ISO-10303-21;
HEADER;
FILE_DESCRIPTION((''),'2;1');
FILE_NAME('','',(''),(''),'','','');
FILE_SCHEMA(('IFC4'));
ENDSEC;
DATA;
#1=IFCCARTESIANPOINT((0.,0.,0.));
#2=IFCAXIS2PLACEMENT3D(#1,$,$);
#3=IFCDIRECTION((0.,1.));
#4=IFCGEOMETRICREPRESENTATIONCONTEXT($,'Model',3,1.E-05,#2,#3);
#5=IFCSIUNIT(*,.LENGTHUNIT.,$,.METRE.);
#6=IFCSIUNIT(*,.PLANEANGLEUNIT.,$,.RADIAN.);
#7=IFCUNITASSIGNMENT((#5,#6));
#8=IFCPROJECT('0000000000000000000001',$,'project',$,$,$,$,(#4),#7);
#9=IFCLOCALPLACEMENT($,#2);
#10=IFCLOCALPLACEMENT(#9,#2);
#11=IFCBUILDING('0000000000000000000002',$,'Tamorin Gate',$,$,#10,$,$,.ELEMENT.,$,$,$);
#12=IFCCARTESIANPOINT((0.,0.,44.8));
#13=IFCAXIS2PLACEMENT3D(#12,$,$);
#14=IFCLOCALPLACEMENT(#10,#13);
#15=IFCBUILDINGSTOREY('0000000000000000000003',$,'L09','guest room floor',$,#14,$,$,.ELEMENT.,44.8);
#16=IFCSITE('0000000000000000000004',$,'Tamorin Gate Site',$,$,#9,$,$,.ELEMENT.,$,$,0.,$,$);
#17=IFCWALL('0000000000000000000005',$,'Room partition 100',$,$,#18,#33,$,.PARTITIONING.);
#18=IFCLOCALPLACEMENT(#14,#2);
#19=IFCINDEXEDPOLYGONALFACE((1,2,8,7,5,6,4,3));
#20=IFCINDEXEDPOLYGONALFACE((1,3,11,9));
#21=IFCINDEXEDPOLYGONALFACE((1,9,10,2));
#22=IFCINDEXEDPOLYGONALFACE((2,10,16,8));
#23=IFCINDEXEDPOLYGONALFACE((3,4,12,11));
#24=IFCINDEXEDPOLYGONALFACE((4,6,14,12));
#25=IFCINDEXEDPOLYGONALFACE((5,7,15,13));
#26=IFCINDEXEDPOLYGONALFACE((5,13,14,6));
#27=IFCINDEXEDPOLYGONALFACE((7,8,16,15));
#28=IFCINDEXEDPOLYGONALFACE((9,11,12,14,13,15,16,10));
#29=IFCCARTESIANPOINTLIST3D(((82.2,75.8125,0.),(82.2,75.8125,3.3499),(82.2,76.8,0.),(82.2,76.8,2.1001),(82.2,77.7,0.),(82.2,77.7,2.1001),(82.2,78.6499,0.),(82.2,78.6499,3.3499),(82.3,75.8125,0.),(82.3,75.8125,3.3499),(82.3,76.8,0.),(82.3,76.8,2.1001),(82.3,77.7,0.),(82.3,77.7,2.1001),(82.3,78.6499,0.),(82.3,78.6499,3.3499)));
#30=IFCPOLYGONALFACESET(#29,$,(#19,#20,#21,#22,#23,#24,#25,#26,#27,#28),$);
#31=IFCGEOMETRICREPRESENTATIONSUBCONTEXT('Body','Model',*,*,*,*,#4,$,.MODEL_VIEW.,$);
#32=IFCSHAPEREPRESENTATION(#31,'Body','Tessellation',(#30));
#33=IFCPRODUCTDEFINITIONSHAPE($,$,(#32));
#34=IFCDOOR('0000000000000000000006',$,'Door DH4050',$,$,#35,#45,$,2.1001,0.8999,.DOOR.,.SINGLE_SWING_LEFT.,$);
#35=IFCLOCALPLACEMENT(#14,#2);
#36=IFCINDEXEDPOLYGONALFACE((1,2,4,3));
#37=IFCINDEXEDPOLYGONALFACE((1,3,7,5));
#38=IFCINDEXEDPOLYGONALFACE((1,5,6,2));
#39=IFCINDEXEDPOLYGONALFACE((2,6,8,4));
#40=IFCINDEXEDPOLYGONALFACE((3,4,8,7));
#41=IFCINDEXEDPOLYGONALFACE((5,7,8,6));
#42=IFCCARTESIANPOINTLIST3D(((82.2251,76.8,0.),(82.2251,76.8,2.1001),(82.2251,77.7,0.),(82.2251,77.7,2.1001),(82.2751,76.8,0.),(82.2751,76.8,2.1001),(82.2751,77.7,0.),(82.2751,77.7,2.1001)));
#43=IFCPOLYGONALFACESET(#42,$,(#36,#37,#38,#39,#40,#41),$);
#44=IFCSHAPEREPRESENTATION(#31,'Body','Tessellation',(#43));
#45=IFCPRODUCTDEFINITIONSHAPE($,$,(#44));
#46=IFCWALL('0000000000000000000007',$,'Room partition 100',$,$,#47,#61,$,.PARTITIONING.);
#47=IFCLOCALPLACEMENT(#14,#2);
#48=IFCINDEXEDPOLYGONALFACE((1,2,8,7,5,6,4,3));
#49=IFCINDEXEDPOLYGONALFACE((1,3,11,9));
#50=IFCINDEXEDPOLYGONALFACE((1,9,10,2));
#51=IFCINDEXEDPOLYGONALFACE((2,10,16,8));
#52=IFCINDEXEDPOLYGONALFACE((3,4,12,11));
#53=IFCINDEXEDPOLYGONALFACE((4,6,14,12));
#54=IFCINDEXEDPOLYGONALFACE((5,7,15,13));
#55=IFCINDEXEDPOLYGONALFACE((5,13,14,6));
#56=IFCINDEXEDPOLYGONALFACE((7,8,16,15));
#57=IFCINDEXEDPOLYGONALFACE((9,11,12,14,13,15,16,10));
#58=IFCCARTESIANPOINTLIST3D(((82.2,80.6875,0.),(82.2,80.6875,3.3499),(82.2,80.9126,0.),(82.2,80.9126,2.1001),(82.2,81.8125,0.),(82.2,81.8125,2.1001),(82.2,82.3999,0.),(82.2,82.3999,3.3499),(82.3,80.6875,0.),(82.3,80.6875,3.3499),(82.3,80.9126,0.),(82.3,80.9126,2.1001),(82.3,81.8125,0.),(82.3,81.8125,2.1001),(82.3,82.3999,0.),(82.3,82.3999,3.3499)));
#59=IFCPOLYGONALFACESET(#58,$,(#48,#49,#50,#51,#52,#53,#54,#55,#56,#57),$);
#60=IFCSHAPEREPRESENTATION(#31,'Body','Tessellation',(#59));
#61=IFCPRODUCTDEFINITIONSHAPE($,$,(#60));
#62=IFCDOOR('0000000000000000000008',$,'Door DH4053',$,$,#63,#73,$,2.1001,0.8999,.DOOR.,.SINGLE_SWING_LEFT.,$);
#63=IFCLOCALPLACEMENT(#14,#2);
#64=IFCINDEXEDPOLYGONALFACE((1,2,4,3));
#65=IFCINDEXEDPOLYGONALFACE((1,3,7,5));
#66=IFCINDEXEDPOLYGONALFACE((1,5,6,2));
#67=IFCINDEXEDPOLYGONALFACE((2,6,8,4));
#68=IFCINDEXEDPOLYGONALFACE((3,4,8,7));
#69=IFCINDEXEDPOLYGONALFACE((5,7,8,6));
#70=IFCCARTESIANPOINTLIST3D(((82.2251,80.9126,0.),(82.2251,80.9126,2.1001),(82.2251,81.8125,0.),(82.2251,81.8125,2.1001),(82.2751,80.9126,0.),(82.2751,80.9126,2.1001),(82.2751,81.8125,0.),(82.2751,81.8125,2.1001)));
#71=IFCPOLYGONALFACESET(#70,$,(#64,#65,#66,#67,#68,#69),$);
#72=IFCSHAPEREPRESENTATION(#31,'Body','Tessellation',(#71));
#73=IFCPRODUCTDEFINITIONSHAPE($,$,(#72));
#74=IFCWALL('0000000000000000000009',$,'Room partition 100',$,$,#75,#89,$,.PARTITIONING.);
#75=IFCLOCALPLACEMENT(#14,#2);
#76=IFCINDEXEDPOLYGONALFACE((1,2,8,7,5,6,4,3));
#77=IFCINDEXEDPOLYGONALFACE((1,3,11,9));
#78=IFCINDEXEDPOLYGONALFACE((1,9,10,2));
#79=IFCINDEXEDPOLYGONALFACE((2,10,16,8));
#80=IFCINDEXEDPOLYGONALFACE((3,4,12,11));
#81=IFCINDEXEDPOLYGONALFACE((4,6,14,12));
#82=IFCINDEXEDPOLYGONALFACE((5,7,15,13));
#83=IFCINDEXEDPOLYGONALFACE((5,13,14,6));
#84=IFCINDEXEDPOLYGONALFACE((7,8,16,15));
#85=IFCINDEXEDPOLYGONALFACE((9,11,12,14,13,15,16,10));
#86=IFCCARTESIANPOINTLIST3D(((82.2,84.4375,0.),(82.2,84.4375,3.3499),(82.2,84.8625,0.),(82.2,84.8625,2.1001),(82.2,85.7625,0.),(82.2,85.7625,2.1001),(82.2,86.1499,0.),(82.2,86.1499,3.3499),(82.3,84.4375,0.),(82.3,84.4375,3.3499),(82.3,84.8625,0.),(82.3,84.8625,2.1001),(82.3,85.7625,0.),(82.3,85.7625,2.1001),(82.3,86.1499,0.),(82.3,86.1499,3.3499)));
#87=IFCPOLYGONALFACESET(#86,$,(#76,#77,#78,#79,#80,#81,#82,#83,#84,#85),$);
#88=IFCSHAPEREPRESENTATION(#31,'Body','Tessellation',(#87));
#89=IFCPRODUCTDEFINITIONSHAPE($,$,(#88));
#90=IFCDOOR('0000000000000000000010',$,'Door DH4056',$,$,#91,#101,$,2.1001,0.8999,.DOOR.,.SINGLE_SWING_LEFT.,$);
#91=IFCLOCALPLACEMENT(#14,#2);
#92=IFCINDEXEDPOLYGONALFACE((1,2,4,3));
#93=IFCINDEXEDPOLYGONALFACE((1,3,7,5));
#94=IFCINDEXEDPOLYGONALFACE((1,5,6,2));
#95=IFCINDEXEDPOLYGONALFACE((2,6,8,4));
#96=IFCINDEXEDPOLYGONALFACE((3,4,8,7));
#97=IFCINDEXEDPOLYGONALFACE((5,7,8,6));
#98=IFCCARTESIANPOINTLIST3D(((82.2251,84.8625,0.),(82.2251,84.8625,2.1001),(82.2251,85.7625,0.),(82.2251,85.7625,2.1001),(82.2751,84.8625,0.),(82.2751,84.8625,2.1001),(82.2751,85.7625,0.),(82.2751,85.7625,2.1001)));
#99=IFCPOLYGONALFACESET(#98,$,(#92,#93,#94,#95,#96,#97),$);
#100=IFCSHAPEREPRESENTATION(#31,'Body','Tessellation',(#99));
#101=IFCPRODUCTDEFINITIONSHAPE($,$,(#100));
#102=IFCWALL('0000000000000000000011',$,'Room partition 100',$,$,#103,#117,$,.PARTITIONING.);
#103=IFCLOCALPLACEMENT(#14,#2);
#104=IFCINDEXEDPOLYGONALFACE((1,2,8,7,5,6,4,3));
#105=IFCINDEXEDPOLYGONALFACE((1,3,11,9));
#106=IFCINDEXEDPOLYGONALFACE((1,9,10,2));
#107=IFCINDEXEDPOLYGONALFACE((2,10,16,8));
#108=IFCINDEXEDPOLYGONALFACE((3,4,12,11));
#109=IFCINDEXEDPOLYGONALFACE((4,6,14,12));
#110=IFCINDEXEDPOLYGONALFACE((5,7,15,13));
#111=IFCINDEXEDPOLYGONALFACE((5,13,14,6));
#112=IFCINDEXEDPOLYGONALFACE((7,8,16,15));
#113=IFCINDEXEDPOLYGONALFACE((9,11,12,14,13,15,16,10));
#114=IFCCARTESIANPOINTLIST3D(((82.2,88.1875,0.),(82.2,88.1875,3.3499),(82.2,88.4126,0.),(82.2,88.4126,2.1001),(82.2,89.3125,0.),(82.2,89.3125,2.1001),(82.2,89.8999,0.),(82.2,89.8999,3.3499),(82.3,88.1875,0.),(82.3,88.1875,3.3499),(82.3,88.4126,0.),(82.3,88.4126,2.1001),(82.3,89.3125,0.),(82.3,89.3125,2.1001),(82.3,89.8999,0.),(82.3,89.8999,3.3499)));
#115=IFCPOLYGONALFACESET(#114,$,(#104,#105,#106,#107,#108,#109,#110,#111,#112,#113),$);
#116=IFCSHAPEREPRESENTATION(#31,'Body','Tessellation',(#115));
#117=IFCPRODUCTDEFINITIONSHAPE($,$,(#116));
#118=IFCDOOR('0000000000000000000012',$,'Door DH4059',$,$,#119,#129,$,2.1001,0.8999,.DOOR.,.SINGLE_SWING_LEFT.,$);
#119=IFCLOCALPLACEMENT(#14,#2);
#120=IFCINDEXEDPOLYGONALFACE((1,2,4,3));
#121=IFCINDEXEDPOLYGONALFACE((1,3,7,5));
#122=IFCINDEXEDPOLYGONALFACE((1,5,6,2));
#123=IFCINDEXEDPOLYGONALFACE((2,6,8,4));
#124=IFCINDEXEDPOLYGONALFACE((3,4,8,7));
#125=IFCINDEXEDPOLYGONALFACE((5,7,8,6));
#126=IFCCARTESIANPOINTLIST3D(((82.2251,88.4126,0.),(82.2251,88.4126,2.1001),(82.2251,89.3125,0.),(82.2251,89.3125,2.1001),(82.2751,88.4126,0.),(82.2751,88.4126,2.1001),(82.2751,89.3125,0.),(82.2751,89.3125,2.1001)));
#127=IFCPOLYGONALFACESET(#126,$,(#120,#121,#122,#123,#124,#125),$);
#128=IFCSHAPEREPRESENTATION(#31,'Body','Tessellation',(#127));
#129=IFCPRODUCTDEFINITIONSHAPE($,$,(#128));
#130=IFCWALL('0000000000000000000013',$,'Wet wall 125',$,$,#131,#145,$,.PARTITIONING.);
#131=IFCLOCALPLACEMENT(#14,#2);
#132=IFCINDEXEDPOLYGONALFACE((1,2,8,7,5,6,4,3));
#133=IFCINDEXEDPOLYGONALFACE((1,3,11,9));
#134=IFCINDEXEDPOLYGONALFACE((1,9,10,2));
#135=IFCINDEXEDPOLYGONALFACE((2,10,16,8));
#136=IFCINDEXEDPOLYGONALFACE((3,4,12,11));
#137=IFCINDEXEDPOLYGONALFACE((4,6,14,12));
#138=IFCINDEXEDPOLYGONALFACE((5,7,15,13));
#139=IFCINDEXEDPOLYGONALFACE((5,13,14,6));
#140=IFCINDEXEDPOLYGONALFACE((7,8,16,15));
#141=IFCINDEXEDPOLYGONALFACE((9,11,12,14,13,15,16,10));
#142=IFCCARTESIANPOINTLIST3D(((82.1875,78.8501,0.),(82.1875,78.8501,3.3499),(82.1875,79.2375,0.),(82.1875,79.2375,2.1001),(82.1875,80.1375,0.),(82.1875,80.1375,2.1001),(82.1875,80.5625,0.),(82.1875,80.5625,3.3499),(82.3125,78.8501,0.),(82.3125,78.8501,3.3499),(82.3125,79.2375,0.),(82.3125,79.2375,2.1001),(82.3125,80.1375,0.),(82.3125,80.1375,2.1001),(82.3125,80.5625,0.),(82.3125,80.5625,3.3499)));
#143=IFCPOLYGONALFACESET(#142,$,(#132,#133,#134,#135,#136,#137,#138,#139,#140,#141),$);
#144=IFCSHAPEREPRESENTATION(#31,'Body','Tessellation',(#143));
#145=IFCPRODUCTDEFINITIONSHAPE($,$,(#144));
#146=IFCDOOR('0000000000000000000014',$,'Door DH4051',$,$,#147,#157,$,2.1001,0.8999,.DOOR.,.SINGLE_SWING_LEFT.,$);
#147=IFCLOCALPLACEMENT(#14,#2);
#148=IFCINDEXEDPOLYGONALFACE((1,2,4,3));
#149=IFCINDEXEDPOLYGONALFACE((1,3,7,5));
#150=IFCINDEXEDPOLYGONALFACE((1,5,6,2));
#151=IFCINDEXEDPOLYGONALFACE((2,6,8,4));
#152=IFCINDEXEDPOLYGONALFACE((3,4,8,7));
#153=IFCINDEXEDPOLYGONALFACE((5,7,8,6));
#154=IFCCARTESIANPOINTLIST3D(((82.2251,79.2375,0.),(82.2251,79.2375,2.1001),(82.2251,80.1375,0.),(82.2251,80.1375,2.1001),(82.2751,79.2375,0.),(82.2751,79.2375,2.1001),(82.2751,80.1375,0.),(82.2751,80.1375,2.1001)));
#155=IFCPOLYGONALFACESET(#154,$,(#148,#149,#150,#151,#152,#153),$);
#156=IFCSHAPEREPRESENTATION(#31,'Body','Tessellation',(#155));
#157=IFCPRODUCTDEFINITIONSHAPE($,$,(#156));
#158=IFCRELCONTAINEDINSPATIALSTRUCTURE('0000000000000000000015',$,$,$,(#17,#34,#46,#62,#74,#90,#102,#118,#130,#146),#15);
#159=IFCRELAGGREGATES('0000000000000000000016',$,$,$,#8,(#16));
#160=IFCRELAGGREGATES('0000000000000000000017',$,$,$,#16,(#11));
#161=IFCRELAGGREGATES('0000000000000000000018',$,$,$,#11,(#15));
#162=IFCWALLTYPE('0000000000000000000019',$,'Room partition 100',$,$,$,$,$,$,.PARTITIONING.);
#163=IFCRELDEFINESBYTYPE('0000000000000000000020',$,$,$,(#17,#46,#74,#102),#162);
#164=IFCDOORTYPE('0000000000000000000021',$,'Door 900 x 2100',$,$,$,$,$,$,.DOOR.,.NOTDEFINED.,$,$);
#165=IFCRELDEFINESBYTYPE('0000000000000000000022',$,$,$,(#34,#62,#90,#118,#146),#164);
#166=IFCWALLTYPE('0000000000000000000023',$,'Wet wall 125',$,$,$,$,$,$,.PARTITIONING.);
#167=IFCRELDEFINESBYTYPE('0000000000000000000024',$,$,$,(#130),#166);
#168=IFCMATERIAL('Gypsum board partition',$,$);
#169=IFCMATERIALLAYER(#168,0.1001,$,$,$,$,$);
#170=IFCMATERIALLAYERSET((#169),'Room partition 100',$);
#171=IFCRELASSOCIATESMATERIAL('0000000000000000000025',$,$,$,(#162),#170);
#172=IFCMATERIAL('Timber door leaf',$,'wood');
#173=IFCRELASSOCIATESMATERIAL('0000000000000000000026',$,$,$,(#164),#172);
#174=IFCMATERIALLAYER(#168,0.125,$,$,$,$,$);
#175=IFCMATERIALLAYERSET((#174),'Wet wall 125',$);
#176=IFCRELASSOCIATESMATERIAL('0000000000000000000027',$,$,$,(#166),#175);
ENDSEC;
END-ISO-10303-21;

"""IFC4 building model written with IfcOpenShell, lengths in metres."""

from ifc_helpers import new_model, si_unit, direction, frame, frame_2d, origin, place, context, subcontext, project, spatial, rectangle, extrude, material, layer, layer_set, type_object, element, fill, save


model = new_model("IFC4")

# Units and contexts
model_context = context("Model", 3, precision=1e-05, world=origin(), true_north=direction((0.0, 1.0)))
body_context = subcontext(model_context, "Body", "Model", "MODEL_VIEW")
ifc_project = project(units=[si_unit("LENGTHUNIT", "METRE"), si_unit("PLANEANGLEUNIT", "RADIAN")], contexts=[model_context])

# Site, building, storey
site_placement = place(None, origin())
site = spatial("IfcSite", under=ifc_project, at=site_placement, Name="Tamorin Gate Site", CompositionType="ELEMENT", RefElevation=0.0)
building_placement = place(site_placement, origin())
building = spatial("IfcBuilding", under=site, at=building_placement, Name="Tamorin Gate", CompositionType="ELEMENT")
storey_placement = place(building_placement, frame((0.0, 0.0, 44.8)))
storey = spatial("IfcBuildingStorey", under=building, at=storey_placement, Name="L09", Description="guest room floor", CompositionType="ELEMENT", Elevation=44.8)

# Walls, openings, doors
ifc_material_1 = material(Name="Gypsum board partition")
ifc_layer_1 = layer(ifc_material_1, 0.1001)
ifc_layer_set_1 = layer_set([ifc_layer_1], Name="Room partition 100")
wall_type_1 = type_object("IfcWallType", Name="Room partition 100", PredefinedType="PARTITIONING", material=ifc_layer_set_1)
wall_1_placement = place(storey_placement, frame((82.25, 75.8125, 0.0), z_axis=(0.0, 0.0, 1.0), x_axis=(0.0, 1.0, 0.0)))
wall_1 = element("IfcWall", 1, at=wall_1_placement, inside=storey, type_object=wall_type_1, Name="Room partition 100", PredefinedType="PARTITIONING", context=body_context, shape_type="SweptSolid", body=[
    extrude(rectangle(XDim=2.8374, YDim=0.1001, at=frame_2d((1.4187, 0.0))), origin(), (0.0, 0.0, 1.0), 3.3499),
])
opening_1_placement = place(wall_1_placement, frame((0.9875, 0.0, 0.0)))
opening_1 = element("IfcOpeningElement", 2, at=opening_1_placement, cuts=wall_1, PredefinedType="OPENING", context=body_context, shape_type="SweptSolid", body=[
    extrude(rectangle(XDim=0.8999, YDim=2.1001, at=frame_2d((0.45, 1.05))), frame((0.0, 0.0601, 0.0), z_axis=(0.0, -1.0, 0.0), x_axis=(1.0, 0.0, 0.0)), (0.0, 0.0, 1.0), 0.1201),
])
ifc_material_2 = material(Name="Timber door leaf", Category="wood")
door_type = type_object("IfcDoorType", Name="Door 900 x 2100", OperationType="NOTDEFINED", PredefinedType="DOOR", material=ifc_material_2)
door_1_placement = place(opening_1_placement, origin())
door_1 = element("IfcDoor", 3, at=door_1_placement, inside=storey, type_object=door_type, Name="Door DH4050", OperationType="SINGLE_SWING_LEFT", OverallHeight=2.1001, OverallWidth=0.8999, PredefinedType="DOOR", context=body_context, shape_type="SweptSolid", body=[
    extrude(rectangle(XDim=0.8999, YDim=2.1001, at=frame_2d((0.45, 1.05))), frame((0.0, 0.0249, 0.0), z_axis=(0.0, -1.0, 0.0), x_axis=(1.0, 0.0, 0.0)), (0.0, 0.0, 1.0), 0.05),
])
fill(opening_1, door_1)
wall_2_placement = place(storey_placement, frame((82.25, 80.6875, 0.0), z_axis=(0.0, 0.0, 1.0), x_axis=(0.0, 1.0, 0.0)))
wall_2 = element("IfcWall", 4, at=wall_2_placement, inside=storey, type_object=wall_type_1, Name="Room partition 100", PredefinedType="PARTITIONING", context=body_context, shape_type="SweptSolid", body=[
    extrude(rectangle(XDim=1.7124, YDim=0.1001, at=frame_2d((0.8562, 0.0))), origin(), (0.0, 0.0, 1.0), 3.3499),
])
opening_2_placement = place(wall_2_placement, frame((0.2251, 0.0, 0.0)))
opening_2 = element("IfcOpeningElement", 5, at=opening_2_placement, cuts=wall_2, PredefinedType="OPENING", context=body_context, shape_type="SweptSolid", body=[
    extrude(rectangle(XDim=0.8999, YDim=2.1001, at=frame_2d((0.45, 1.05))), frame((0.0, 0.0601, 0.0), z_axis=(0.0, -1.0, 0.0), x_axis=(1.0, 0.0, 0.0)), (0.0, 0.0, 1.0), 0.1201),
])
door_2_placement = place(opening_2_placement, origin())
door_2 = element("IfcDoor", 6, at=door_2_placement, inside=storey, type_object=door_type, Name="Door DH4053", OperationType="SINGLE_SWING_LEFT", OverallHeight=2.1001, OverallWidth=0.8999, PredefinedType="DOOR", context=body_context, shape_type="SweptSolid", body=[
    extrude(rectangle(XDim=0.8999, YDim=2.1001, at=frame_2d((0.45, 1.05))), frame((0.0, 0.0249, 0.0), z_axis=(0.0, -1.0, 0.0), x_axis=(1.0, 0.0, 0.0)), (0.0, 0.0, 1.0), 0.05),
])
fill(opening_2, door_2)
wall_3_placement = place(storey_placement, frame((82.25, 84.4375, 0.0), z_axis=(0.0, 0.0, 1.0), x_axis=(0.0, 1.0, 0.0)))
wall_3 = element("IfcWall", 7, at=wall_3_placement, inside=storey, type_object=wall_type_1, Name="Room partition 100", PredefinedType="PARTITIONING", context=body_context, shape_type="SweptSolid", body=[
    extrude(rectangle(XDim=1.7124, YDim=0.1001, at=frame_2d((0.8562, 0.0))), origin(), (0.0, 0.0, 1.0), 3.3499),
])
opening_3_placement = place(wall_3_placement, frame((0.425, 0.0, 0.0)))
opening_3 = element("IfcOpeningElement", 8, at=opening_3_placement, cuts=wall_3, PredefinedType="OPENING", context=body_context, shape_type="SweptSolid", body=[
    extrude(rectangle(XDim=0.8999, YDim=2.1001, at=frame_2d((0.45, 1.05))), frame((0.0, 0.0601, 0.0), z_axis=(0.0, -1.0, 0.0), x_axis=(1.0, 0.0, 0.0)), (0.0, 0.0, 1.0), 0.1201),
])
door_3_placement = place(opening_3_placement, origin())
door_3 = element("IfcDoor", 9, at=door_3_placement, inside=storey, type_object=door_type, Name="Door DH4056", OperationType="SINGLE_SWING_LEFT", OverallHeight=2.1001, OverallWidth=0.8999, PredefinedType="DOOR", context=body_context, shape_type="SweptSolid", body=[
    extrude(rectangle(XDim=0.8999, YDim=2.1001, at=frame_2d((0.45, 1.05))), frame((0.0, 0.0249, 0.0), z_axis=(0.0, -1.0, 0.0), x_axis=(1.0, 0.0, 0.0)), (0.0, 0.0, 1.0), 0.05),
])
fill(opening_3, door_3)
wall_4_placement = place(storey_placement, frame((82.25, 88.1875, 0.0), z_axis=(0.0, 0.0, 1.0), x_axis=(0.0, 1.0, 0.0)))
wall_4 = element("IfcWall", 10, at=wall_4_placement, inside=storey, type_object=wall_type_1, Name="Room partition 100", PredefinedType="PARTITIONING", context=body_context, shape_type="SweptSolid", body=[
    extrude(rectangle(XDim=1.7124, YDim=0.1001, at=frame_2d((0.8562, 0.0))), origin(), (0.0, 0.0, 1.0), 3.3499),
])
opening_4_placement = place(wall_4_placement, frame((0.2251, 0.0, 0.0)))
opening_4 = element("IfcOpeningElement", 11, at=opening_4_placement, cuts=wall_4, PredefinedType="OPENING", context=body_context, shape_type="SweptSolid", body=[
    extrude(rectangle(XDim=0.8999, YDim=2.1001, at=frame_2d((0.45, 1.05))), frame((0.0, 0.0601, 0.0), z_axis=(0.0, -1.0, 0.0), x_axis=(1.0, 0.0, 0.0)), (0.0, 0.0, 1.0), 0.1201),
])
door_4_placement = place(opening_4_placement, origin())
door_4 = element("IfcDoor", 12, at=door_4_placement, inside=storey, type_object=door_type, Name="Door DH4059", OperationType="SINGLE_SWING_LEFT", OverallHeight=2.1001, OverallWidth=0.8999, PredefinedType="DOOR", context=body_context, shape_type="SweptSolid", body=[
    extrude(rectangle(XDim=0.8999, YDim=2.1001, at=frame_2d((0.45, 1.05))), frame((0.0, 0.0249, 0.0), z_axis=(0.0, -1.0, 0.0), x_axis=(1.0, 0.0, 0.0)), (0.0, 0.0, 1.0), 0.05),
])
fill(opening_4, door_4)
ifc_layer_2 = layer(ifc_material_1, 0.125)
ifc_layer_set_2 = layer_set([ifc_layer_2], Name="Wet wall 125")
wall_type_2 = type_object("IfcWallType", Name="Wet wall 125", PredefinedType="PARTITIONING", material=ifc_layer_set_2)
wall_5_placement = place(storey_placement, frame((82.25, 78.8501, 0.0), z_axis=(0.0, 0.0, 1.0), x_axis=(0.0, 1.0, 0.0)))
wall_5 = element("IfcWall", 13, at=wall_5_placement, inside=storey, type_object=wall_type_2, Name="Wet wall 125", PredefinedType="PARTITIONING", context=body_context, shape_type="SweptSolid", body=[
    extrude(rectangle(XDim=1.7124, YDim=0.125, at=frame_2d((0.8562, 0.0))), origin(), (0.0, 0.0, 1.0), 3.3499),
])
opening_5_placement = place(wall_5_placement, frame((0.3875, 0.0, 0.0)))
opening_5 = element("IfcOpeningElement", 14, at=opening_5_placement, cuts=wall_5, PredefinedType="OPENING", context=body_context, shape_type="SweptSolid", body=[
    extrude(rectangle(XDim=0.8999, YDim=2.1001, at=frame_2d((0.45, 1.05))), frame((0.0, 0.0725, 0.0), z_axis=(0.0, -1.0, 0.0), x_axis=(1.0, 0.0, 0.0)), (0.0, 0.0, 1.0), 0.145),
])
door_5_placement = place(opening_5_placement, origin())
door_5 = element("IfcDoor", 15, at=door_5_placement, inside=storey, type_object=door_type, Name="Door DH4051", OperationType="SINGLE_SWING_LEFT", OverallHeight=2.1001, OverallWidth=0.8999, PredefinedType="DOOR", context=body_context, shape_type="SweptSolid", body=[
    extrude(rectangle(XDim=0.8999, YDim=2.1001, at=frame_2d((0.45, 1.05))), frame((0.0, 0.0249, 0.0), z_axis=(0.0, -1.0, 0.0), x_axis=(1.0, 0.0, 0.0)), (0.0, 0.0, 1.0), 0.05),
])
fill(opening_5, door_5)

save(model, "model.ifc")
